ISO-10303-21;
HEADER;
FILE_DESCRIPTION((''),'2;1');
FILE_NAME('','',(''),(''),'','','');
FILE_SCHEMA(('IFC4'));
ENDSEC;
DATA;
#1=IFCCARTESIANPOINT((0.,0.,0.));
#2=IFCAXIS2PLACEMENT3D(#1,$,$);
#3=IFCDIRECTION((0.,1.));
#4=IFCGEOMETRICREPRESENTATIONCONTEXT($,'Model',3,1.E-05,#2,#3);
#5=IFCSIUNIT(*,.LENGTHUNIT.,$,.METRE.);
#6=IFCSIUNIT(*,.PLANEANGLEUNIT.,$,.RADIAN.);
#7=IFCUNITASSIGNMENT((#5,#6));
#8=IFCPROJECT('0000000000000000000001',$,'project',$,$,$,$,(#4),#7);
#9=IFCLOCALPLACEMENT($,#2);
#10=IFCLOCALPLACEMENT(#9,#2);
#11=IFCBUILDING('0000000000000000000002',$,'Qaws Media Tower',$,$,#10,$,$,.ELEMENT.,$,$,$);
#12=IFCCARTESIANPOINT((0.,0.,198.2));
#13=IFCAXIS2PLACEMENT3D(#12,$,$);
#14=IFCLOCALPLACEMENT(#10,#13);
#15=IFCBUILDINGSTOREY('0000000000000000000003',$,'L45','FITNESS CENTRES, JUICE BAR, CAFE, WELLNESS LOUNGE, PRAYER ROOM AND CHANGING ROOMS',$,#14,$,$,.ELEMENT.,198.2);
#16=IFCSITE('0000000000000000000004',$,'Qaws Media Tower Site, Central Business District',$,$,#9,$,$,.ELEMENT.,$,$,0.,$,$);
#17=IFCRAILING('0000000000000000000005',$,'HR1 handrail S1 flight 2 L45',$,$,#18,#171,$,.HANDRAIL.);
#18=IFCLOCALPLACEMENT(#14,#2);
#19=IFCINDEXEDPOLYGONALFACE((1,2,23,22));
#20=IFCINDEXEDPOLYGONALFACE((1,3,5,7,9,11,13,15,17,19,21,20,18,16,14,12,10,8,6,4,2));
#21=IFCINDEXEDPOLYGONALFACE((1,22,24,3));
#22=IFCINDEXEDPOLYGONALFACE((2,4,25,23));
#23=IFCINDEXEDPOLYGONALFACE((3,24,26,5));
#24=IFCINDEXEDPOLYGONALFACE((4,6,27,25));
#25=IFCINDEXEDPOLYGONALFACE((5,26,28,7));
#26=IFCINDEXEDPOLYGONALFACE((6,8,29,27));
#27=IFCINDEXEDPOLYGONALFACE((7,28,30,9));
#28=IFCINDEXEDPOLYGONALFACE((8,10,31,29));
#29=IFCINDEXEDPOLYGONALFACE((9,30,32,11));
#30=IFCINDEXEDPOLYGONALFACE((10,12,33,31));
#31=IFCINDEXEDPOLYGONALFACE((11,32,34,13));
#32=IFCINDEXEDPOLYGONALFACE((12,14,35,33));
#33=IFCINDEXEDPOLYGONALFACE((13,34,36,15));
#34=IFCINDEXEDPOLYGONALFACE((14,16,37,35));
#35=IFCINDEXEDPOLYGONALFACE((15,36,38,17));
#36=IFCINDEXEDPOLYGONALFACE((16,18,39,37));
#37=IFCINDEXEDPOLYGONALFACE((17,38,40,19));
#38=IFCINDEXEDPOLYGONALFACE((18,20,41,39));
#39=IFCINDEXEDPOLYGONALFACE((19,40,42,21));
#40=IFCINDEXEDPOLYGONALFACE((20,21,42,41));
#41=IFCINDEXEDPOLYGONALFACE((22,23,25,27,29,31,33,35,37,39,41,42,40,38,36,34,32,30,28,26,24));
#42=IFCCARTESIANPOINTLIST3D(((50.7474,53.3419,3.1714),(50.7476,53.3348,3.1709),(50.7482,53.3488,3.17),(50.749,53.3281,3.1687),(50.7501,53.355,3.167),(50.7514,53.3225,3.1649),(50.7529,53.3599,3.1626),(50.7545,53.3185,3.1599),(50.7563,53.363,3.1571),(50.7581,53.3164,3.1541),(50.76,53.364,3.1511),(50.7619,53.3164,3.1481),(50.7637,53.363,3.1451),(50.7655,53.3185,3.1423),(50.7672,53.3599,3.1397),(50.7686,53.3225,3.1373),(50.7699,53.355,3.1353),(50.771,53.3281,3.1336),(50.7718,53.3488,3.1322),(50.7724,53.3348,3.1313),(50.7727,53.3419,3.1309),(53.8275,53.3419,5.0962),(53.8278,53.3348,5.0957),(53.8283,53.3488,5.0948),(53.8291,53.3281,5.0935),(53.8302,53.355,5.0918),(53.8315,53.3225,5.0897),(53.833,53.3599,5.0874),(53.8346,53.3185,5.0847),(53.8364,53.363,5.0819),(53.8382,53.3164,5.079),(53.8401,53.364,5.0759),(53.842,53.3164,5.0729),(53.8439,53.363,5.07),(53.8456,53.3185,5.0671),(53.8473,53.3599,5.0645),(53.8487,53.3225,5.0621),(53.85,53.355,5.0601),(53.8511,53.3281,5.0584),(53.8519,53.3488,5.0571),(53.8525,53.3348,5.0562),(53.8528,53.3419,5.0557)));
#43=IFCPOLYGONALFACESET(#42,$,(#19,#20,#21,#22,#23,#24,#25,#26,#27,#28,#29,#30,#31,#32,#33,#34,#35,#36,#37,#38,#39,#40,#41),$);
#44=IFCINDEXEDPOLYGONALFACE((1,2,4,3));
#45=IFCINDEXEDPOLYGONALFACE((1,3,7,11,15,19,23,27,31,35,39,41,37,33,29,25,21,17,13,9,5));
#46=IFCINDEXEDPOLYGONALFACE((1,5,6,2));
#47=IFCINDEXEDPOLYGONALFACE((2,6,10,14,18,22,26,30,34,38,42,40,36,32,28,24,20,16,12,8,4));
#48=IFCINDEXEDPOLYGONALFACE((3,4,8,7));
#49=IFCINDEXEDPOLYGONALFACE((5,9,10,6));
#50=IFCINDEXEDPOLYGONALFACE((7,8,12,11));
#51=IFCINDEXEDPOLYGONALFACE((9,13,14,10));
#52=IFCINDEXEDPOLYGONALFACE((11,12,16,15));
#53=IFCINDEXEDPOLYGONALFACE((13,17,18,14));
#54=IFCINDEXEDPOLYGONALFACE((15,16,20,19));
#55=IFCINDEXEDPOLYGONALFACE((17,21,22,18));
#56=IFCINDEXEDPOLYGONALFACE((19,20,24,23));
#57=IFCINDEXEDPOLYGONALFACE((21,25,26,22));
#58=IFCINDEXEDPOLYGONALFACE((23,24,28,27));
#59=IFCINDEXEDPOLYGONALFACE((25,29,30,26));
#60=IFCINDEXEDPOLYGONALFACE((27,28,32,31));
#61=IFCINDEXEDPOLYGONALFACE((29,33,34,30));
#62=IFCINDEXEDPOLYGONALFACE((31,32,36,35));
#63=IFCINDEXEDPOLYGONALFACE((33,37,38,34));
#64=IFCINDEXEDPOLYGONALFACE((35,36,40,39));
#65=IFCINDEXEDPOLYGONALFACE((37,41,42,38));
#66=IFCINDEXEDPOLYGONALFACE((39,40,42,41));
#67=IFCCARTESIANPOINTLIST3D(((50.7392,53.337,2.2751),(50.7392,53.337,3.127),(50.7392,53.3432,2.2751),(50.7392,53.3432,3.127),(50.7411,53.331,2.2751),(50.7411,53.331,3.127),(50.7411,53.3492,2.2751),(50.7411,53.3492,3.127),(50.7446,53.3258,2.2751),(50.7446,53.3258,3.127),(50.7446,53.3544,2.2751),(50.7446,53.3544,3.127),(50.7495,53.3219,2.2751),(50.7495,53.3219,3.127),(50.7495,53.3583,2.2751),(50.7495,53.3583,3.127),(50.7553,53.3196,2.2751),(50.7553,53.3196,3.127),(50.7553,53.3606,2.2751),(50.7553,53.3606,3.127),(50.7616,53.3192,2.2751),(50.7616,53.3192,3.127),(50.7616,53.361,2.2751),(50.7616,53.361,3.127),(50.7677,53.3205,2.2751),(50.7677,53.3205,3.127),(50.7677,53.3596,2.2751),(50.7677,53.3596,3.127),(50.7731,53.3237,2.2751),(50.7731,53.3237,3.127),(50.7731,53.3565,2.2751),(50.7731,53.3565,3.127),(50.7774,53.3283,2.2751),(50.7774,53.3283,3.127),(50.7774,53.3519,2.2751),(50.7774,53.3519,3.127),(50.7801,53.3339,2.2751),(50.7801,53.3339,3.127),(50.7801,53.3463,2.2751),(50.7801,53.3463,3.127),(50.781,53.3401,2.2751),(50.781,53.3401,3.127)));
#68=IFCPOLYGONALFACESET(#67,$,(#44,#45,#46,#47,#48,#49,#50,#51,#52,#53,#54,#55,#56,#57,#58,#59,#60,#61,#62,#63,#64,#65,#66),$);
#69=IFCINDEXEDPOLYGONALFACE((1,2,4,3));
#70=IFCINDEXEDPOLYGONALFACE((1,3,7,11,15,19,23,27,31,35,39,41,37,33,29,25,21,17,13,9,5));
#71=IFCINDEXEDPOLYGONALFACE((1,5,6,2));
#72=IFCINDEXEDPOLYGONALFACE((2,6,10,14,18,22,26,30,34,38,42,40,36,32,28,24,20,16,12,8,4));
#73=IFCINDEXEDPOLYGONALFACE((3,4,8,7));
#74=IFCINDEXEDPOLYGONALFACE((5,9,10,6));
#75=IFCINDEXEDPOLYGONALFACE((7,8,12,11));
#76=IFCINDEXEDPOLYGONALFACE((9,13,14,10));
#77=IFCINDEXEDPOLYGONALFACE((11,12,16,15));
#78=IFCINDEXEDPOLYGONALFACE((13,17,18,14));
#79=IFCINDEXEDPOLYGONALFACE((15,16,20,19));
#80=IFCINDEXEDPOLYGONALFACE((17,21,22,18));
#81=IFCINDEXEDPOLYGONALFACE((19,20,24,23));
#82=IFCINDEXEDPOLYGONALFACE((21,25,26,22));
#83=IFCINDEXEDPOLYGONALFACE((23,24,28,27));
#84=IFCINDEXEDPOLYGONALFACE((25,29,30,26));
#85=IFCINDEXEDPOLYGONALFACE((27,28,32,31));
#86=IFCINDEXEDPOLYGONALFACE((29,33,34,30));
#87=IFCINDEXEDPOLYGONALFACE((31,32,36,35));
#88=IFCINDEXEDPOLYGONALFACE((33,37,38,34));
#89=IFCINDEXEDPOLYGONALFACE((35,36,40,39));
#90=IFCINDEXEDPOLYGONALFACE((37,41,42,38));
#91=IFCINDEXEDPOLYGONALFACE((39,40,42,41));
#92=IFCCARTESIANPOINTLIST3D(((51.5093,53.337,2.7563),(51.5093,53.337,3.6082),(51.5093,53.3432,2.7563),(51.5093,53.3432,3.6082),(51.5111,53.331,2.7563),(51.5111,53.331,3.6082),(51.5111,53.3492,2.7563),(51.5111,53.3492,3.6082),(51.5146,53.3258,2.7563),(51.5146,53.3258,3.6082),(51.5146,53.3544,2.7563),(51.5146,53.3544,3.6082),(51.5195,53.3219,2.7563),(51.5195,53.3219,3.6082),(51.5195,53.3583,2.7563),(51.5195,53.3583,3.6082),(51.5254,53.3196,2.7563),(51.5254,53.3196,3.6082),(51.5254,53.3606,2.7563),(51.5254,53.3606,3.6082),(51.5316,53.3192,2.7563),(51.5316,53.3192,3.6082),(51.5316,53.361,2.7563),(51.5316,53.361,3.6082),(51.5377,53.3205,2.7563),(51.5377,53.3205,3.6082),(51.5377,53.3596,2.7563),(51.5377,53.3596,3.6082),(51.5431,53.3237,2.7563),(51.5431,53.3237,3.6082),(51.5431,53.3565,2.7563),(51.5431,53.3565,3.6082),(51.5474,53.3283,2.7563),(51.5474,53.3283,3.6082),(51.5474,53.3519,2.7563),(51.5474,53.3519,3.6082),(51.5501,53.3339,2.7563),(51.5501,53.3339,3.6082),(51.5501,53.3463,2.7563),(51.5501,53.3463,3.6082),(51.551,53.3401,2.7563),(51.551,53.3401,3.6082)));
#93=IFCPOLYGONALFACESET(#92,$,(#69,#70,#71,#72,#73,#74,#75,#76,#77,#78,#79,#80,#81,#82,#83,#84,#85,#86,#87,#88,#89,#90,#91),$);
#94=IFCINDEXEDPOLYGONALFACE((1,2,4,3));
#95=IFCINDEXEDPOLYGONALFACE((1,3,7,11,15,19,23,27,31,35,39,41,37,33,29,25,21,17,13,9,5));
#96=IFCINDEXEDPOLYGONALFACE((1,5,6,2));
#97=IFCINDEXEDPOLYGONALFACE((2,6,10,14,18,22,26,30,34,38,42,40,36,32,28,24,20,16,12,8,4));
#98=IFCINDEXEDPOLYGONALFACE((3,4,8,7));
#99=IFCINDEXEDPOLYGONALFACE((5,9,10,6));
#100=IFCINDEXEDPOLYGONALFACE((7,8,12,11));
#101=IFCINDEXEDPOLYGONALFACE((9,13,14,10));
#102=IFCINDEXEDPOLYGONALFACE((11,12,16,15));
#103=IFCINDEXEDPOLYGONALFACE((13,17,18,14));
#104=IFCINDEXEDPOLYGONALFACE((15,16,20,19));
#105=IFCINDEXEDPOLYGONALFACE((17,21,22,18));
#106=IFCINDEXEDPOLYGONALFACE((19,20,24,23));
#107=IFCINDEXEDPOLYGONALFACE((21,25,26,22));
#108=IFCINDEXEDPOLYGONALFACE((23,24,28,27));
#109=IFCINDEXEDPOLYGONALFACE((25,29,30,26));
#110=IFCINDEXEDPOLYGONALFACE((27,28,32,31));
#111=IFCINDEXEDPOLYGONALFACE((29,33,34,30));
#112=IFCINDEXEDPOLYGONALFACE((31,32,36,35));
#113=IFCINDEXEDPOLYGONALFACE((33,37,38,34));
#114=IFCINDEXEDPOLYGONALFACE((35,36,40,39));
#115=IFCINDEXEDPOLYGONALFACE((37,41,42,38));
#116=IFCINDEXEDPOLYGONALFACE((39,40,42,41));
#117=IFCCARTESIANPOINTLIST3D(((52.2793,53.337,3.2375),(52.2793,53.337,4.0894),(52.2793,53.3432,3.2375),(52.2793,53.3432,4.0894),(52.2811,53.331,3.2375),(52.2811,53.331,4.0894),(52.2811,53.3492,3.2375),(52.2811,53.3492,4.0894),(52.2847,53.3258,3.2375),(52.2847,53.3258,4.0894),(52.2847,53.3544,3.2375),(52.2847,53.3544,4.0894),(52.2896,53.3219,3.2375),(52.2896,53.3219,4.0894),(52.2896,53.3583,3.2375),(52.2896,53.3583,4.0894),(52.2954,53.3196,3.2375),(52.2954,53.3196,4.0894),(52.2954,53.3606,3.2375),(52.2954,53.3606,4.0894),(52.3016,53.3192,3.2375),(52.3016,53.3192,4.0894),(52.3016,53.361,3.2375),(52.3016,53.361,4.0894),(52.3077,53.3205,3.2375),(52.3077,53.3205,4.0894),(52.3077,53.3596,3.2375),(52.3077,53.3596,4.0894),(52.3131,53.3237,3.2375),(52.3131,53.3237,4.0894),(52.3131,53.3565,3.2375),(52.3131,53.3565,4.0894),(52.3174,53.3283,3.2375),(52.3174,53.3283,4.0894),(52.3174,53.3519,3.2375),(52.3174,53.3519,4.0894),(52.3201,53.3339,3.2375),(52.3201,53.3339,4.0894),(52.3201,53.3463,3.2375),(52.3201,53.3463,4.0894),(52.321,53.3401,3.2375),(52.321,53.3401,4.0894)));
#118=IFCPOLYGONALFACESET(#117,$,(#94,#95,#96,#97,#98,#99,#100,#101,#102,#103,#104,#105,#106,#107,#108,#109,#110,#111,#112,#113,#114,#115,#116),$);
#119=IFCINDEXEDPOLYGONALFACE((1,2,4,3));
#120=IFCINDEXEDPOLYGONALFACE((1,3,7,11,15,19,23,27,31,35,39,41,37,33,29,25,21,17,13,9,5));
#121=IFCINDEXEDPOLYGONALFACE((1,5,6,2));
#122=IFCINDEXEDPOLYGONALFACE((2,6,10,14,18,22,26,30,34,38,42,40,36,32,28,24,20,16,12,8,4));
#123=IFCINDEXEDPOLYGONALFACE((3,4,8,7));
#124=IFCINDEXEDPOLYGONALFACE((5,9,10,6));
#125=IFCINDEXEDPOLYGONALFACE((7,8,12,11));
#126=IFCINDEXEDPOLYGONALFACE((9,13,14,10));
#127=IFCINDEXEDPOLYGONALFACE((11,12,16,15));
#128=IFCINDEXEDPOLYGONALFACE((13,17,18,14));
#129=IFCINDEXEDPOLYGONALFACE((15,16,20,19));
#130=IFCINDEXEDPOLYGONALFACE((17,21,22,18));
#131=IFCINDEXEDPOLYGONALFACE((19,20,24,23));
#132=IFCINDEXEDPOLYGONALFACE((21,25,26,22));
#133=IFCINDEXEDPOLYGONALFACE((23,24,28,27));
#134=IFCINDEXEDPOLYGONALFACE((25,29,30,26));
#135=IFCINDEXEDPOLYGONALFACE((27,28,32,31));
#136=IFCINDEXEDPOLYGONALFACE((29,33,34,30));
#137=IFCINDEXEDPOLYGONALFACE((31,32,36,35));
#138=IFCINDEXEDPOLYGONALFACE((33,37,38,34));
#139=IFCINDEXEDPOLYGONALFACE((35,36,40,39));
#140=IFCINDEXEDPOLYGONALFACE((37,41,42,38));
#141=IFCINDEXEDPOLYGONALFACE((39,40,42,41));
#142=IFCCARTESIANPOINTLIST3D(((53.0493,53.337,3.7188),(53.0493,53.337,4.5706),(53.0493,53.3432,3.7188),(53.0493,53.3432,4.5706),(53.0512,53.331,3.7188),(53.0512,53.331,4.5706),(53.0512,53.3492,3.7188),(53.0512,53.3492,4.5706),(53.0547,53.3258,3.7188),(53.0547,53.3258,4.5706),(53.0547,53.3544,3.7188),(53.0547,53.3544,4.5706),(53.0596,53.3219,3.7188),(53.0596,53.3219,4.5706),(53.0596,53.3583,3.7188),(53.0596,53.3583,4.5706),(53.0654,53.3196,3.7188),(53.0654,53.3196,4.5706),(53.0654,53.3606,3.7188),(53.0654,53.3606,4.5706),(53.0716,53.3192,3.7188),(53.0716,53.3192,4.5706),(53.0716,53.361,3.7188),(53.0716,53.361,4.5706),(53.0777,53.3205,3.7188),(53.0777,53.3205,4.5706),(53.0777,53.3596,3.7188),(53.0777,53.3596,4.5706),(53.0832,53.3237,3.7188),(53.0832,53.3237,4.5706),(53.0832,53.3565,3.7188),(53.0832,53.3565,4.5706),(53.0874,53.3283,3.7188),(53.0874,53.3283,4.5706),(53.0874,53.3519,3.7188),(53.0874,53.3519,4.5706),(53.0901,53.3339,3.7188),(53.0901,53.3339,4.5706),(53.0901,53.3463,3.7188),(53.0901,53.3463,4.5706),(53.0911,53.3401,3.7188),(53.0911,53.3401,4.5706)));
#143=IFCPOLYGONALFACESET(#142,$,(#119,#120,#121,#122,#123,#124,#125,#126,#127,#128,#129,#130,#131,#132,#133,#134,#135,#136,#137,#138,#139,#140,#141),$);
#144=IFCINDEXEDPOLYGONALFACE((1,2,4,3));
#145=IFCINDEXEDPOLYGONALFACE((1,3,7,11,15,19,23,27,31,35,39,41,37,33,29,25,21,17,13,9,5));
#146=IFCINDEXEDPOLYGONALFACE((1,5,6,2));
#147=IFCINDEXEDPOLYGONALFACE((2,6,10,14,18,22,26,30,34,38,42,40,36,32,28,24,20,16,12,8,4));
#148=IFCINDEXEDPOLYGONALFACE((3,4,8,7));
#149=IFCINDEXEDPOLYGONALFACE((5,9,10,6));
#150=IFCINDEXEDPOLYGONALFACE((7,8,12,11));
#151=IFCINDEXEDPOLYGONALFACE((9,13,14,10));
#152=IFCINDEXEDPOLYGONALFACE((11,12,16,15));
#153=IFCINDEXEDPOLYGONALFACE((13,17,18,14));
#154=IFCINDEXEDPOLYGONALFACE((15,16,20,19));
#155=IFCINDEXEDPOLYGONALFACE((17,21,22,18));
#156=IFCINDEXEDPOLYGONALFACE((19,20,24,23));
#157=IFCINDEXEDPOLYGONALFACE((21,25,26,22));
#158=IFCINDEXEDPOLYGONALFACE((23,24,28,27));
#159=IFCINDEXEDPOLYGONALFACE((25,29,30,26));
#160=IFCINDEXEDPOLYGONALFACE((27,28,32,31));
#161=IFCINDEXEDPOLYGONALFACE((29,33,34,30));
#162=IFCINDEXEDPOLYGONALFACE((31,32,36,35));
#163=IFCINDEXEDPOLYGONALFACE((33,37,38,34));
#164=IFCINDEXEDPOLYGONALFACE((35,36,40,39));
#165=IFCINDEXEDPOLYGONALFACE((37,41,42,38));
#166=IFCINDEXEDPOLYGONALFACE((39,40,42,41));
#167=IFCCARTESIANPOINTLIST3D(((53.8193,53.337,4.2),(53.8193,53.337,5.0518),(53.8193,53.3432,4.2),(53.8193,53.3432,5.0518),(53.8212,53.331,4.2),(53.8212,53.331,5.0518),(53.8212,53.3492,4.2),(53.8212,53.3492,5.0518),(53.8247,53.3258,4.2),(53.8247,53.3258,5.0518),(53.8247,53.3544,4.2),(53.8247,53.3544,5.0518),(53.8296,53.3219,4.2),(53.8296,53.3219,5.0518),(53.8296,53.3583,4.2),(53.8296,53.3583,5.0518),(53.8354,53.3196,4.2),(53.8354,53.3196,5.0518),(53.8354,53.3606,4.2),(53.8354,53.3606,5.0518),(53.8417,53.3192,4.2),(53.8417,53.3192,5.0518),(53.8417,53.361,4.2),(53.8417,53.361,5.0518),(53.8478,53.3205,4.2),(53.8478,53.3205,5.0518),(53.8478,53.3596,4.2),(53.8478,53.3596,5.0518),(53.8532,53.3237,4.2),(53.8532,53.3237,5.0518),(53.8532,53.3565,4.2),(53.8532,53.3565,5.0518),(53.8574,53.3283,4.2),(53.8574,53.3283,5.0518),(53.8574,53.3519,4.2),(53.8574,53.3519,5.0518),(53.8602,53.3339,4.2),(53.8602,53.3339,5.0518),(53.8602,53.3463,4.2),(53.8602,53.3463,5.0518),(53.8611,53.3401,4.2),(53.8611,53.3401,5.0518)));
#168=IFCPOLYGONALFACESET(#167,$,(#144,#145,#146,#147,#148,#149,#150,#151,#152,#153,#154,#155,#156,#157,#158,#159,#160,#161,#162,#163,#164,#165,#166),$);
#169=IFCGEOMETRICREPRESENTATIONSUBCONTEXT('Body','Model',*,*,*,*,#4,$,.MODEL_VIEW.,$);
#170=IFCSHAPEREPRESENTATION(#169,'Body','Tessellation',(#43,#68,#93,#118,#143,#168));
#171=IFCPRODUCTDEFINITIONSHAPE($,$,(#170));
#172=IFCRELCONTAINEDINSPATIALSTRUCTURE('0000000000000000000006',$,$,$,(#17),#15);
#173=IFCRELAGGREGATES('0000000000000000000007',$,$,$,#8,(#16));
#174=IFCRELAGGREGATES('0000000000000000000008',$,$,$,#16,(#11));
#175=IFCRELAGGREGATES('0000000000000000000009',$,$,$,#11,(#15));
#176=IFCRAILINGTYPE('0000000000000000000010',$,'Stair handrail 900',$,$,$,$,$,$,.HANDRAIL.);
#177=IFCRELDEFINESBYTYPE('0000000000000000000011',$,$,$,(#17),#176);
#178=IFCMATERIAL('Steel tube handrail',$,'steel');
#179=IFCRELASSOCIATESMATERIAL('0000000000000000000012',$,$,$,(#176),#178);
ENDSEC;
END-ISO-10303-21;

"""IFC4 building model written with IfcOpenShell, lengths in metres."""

from ifc_helpers import new_model, si_unit, direction, frame, origin, origin_2d, place, context, subcontext, project, spatial, circle, extrude, material, type_object, element, save


model = new_model("IFC4")

# Units and contexts
model_context = context("Model", 3, precision=1e-05, world=origin(), true_north=direction((0.0, 1.0)))
body_context = subcontext(model_context, "Body", "Model", "MODEL_VIEW")
ifc_project = project(units=[si_unit("LENGTHUNIT", "METRE"), si_unit("PLANEANGLEUNIT", "RADIAN")], contexts=[model_context])

# Site, building, storey
site_placement = place(None, origin())
site = spatial("IfcSite", under=ifc_project, at=site_placement, Name="Qaws Media Tower Site, Central Business District", CompositionType="ELEMENT", RefElevation=0.0)
building_placement = place(site_placement, origin())
building = spatial("IfcBuilding", under=site, at=building_placement, Name="Qaws Media Tower", CompositionType="ELEMENT")
storey_placement = place(building_placement, frame((0.0, 0.0, 198.2)))
storey = spatial("IfcBuildingStorey", under=building, at=storey_placement, Name="L45", Description="FITNESS CENTRES, JUICE BAR, CAFE, WELLNESS LOUNGE, PRAYER ROOM AND CHANGING ROOMS", CompositionType="ELEMENT", Elevation=198.2)

# Railing
ifc_material_1 = material(Name="Steel tube handrail", Category="steel")
railing_type = type_object("IfcRailingType", Name="Stair handrail 900", PredefinedType="HANDRAIL", material=ifc_material_1)
for number, where, name in (
    (1, (50.76, 53.3401, 2.2751), "HR1 handrail S1 flight 2 L45"),
):
    element("IfcRailing", number, at=place(storey_placement, frame(where)), inside=storey, type_object=railing_type, Name=name, PredefinedType="HANDRAIL", context=body_context, shape_type="SweptSolid", body=[
        extrude(circle(Radius=0.0239, at=origin_2d()), frame((0.0, 0.0, 0.876), z_axis=(0.848029, 0.0, 0.529951), x_axis=(0.0, 1.0, 0.0)), (0.0, 0.0, 1.0), 3.6321),
        extrude(circle(Radius=0.021, at=origin_2d()), origin(), (0.0, 0.0, 1.0), 0.8518),
        extrude(circle(Radius=0.021, at=origin_2d()), frame((0.77, 0.0, 0.4812)), (0.0, 0.0, 1.0), 0.8518),
        extrude(circle(Radius=0.021, at=origin_2d()), frame((1.54, 0.0, 0.9624)), (0.0, 0.0, 1.0), 0.8518),
        extrude(circle(Radius=0.021, at=origin_2d()), frame((2.3101, 0.0, 1.4436)), (0.0, 0.0, 1.0), 0.8518),
        extrude(circle(Radius=0.021, at=origin_2d()), frame((3.0801, 0.0, 1.9248)), (0.0, 0.0, 1.0), 0.8518),
    ])

save(model, "model.ifc")
